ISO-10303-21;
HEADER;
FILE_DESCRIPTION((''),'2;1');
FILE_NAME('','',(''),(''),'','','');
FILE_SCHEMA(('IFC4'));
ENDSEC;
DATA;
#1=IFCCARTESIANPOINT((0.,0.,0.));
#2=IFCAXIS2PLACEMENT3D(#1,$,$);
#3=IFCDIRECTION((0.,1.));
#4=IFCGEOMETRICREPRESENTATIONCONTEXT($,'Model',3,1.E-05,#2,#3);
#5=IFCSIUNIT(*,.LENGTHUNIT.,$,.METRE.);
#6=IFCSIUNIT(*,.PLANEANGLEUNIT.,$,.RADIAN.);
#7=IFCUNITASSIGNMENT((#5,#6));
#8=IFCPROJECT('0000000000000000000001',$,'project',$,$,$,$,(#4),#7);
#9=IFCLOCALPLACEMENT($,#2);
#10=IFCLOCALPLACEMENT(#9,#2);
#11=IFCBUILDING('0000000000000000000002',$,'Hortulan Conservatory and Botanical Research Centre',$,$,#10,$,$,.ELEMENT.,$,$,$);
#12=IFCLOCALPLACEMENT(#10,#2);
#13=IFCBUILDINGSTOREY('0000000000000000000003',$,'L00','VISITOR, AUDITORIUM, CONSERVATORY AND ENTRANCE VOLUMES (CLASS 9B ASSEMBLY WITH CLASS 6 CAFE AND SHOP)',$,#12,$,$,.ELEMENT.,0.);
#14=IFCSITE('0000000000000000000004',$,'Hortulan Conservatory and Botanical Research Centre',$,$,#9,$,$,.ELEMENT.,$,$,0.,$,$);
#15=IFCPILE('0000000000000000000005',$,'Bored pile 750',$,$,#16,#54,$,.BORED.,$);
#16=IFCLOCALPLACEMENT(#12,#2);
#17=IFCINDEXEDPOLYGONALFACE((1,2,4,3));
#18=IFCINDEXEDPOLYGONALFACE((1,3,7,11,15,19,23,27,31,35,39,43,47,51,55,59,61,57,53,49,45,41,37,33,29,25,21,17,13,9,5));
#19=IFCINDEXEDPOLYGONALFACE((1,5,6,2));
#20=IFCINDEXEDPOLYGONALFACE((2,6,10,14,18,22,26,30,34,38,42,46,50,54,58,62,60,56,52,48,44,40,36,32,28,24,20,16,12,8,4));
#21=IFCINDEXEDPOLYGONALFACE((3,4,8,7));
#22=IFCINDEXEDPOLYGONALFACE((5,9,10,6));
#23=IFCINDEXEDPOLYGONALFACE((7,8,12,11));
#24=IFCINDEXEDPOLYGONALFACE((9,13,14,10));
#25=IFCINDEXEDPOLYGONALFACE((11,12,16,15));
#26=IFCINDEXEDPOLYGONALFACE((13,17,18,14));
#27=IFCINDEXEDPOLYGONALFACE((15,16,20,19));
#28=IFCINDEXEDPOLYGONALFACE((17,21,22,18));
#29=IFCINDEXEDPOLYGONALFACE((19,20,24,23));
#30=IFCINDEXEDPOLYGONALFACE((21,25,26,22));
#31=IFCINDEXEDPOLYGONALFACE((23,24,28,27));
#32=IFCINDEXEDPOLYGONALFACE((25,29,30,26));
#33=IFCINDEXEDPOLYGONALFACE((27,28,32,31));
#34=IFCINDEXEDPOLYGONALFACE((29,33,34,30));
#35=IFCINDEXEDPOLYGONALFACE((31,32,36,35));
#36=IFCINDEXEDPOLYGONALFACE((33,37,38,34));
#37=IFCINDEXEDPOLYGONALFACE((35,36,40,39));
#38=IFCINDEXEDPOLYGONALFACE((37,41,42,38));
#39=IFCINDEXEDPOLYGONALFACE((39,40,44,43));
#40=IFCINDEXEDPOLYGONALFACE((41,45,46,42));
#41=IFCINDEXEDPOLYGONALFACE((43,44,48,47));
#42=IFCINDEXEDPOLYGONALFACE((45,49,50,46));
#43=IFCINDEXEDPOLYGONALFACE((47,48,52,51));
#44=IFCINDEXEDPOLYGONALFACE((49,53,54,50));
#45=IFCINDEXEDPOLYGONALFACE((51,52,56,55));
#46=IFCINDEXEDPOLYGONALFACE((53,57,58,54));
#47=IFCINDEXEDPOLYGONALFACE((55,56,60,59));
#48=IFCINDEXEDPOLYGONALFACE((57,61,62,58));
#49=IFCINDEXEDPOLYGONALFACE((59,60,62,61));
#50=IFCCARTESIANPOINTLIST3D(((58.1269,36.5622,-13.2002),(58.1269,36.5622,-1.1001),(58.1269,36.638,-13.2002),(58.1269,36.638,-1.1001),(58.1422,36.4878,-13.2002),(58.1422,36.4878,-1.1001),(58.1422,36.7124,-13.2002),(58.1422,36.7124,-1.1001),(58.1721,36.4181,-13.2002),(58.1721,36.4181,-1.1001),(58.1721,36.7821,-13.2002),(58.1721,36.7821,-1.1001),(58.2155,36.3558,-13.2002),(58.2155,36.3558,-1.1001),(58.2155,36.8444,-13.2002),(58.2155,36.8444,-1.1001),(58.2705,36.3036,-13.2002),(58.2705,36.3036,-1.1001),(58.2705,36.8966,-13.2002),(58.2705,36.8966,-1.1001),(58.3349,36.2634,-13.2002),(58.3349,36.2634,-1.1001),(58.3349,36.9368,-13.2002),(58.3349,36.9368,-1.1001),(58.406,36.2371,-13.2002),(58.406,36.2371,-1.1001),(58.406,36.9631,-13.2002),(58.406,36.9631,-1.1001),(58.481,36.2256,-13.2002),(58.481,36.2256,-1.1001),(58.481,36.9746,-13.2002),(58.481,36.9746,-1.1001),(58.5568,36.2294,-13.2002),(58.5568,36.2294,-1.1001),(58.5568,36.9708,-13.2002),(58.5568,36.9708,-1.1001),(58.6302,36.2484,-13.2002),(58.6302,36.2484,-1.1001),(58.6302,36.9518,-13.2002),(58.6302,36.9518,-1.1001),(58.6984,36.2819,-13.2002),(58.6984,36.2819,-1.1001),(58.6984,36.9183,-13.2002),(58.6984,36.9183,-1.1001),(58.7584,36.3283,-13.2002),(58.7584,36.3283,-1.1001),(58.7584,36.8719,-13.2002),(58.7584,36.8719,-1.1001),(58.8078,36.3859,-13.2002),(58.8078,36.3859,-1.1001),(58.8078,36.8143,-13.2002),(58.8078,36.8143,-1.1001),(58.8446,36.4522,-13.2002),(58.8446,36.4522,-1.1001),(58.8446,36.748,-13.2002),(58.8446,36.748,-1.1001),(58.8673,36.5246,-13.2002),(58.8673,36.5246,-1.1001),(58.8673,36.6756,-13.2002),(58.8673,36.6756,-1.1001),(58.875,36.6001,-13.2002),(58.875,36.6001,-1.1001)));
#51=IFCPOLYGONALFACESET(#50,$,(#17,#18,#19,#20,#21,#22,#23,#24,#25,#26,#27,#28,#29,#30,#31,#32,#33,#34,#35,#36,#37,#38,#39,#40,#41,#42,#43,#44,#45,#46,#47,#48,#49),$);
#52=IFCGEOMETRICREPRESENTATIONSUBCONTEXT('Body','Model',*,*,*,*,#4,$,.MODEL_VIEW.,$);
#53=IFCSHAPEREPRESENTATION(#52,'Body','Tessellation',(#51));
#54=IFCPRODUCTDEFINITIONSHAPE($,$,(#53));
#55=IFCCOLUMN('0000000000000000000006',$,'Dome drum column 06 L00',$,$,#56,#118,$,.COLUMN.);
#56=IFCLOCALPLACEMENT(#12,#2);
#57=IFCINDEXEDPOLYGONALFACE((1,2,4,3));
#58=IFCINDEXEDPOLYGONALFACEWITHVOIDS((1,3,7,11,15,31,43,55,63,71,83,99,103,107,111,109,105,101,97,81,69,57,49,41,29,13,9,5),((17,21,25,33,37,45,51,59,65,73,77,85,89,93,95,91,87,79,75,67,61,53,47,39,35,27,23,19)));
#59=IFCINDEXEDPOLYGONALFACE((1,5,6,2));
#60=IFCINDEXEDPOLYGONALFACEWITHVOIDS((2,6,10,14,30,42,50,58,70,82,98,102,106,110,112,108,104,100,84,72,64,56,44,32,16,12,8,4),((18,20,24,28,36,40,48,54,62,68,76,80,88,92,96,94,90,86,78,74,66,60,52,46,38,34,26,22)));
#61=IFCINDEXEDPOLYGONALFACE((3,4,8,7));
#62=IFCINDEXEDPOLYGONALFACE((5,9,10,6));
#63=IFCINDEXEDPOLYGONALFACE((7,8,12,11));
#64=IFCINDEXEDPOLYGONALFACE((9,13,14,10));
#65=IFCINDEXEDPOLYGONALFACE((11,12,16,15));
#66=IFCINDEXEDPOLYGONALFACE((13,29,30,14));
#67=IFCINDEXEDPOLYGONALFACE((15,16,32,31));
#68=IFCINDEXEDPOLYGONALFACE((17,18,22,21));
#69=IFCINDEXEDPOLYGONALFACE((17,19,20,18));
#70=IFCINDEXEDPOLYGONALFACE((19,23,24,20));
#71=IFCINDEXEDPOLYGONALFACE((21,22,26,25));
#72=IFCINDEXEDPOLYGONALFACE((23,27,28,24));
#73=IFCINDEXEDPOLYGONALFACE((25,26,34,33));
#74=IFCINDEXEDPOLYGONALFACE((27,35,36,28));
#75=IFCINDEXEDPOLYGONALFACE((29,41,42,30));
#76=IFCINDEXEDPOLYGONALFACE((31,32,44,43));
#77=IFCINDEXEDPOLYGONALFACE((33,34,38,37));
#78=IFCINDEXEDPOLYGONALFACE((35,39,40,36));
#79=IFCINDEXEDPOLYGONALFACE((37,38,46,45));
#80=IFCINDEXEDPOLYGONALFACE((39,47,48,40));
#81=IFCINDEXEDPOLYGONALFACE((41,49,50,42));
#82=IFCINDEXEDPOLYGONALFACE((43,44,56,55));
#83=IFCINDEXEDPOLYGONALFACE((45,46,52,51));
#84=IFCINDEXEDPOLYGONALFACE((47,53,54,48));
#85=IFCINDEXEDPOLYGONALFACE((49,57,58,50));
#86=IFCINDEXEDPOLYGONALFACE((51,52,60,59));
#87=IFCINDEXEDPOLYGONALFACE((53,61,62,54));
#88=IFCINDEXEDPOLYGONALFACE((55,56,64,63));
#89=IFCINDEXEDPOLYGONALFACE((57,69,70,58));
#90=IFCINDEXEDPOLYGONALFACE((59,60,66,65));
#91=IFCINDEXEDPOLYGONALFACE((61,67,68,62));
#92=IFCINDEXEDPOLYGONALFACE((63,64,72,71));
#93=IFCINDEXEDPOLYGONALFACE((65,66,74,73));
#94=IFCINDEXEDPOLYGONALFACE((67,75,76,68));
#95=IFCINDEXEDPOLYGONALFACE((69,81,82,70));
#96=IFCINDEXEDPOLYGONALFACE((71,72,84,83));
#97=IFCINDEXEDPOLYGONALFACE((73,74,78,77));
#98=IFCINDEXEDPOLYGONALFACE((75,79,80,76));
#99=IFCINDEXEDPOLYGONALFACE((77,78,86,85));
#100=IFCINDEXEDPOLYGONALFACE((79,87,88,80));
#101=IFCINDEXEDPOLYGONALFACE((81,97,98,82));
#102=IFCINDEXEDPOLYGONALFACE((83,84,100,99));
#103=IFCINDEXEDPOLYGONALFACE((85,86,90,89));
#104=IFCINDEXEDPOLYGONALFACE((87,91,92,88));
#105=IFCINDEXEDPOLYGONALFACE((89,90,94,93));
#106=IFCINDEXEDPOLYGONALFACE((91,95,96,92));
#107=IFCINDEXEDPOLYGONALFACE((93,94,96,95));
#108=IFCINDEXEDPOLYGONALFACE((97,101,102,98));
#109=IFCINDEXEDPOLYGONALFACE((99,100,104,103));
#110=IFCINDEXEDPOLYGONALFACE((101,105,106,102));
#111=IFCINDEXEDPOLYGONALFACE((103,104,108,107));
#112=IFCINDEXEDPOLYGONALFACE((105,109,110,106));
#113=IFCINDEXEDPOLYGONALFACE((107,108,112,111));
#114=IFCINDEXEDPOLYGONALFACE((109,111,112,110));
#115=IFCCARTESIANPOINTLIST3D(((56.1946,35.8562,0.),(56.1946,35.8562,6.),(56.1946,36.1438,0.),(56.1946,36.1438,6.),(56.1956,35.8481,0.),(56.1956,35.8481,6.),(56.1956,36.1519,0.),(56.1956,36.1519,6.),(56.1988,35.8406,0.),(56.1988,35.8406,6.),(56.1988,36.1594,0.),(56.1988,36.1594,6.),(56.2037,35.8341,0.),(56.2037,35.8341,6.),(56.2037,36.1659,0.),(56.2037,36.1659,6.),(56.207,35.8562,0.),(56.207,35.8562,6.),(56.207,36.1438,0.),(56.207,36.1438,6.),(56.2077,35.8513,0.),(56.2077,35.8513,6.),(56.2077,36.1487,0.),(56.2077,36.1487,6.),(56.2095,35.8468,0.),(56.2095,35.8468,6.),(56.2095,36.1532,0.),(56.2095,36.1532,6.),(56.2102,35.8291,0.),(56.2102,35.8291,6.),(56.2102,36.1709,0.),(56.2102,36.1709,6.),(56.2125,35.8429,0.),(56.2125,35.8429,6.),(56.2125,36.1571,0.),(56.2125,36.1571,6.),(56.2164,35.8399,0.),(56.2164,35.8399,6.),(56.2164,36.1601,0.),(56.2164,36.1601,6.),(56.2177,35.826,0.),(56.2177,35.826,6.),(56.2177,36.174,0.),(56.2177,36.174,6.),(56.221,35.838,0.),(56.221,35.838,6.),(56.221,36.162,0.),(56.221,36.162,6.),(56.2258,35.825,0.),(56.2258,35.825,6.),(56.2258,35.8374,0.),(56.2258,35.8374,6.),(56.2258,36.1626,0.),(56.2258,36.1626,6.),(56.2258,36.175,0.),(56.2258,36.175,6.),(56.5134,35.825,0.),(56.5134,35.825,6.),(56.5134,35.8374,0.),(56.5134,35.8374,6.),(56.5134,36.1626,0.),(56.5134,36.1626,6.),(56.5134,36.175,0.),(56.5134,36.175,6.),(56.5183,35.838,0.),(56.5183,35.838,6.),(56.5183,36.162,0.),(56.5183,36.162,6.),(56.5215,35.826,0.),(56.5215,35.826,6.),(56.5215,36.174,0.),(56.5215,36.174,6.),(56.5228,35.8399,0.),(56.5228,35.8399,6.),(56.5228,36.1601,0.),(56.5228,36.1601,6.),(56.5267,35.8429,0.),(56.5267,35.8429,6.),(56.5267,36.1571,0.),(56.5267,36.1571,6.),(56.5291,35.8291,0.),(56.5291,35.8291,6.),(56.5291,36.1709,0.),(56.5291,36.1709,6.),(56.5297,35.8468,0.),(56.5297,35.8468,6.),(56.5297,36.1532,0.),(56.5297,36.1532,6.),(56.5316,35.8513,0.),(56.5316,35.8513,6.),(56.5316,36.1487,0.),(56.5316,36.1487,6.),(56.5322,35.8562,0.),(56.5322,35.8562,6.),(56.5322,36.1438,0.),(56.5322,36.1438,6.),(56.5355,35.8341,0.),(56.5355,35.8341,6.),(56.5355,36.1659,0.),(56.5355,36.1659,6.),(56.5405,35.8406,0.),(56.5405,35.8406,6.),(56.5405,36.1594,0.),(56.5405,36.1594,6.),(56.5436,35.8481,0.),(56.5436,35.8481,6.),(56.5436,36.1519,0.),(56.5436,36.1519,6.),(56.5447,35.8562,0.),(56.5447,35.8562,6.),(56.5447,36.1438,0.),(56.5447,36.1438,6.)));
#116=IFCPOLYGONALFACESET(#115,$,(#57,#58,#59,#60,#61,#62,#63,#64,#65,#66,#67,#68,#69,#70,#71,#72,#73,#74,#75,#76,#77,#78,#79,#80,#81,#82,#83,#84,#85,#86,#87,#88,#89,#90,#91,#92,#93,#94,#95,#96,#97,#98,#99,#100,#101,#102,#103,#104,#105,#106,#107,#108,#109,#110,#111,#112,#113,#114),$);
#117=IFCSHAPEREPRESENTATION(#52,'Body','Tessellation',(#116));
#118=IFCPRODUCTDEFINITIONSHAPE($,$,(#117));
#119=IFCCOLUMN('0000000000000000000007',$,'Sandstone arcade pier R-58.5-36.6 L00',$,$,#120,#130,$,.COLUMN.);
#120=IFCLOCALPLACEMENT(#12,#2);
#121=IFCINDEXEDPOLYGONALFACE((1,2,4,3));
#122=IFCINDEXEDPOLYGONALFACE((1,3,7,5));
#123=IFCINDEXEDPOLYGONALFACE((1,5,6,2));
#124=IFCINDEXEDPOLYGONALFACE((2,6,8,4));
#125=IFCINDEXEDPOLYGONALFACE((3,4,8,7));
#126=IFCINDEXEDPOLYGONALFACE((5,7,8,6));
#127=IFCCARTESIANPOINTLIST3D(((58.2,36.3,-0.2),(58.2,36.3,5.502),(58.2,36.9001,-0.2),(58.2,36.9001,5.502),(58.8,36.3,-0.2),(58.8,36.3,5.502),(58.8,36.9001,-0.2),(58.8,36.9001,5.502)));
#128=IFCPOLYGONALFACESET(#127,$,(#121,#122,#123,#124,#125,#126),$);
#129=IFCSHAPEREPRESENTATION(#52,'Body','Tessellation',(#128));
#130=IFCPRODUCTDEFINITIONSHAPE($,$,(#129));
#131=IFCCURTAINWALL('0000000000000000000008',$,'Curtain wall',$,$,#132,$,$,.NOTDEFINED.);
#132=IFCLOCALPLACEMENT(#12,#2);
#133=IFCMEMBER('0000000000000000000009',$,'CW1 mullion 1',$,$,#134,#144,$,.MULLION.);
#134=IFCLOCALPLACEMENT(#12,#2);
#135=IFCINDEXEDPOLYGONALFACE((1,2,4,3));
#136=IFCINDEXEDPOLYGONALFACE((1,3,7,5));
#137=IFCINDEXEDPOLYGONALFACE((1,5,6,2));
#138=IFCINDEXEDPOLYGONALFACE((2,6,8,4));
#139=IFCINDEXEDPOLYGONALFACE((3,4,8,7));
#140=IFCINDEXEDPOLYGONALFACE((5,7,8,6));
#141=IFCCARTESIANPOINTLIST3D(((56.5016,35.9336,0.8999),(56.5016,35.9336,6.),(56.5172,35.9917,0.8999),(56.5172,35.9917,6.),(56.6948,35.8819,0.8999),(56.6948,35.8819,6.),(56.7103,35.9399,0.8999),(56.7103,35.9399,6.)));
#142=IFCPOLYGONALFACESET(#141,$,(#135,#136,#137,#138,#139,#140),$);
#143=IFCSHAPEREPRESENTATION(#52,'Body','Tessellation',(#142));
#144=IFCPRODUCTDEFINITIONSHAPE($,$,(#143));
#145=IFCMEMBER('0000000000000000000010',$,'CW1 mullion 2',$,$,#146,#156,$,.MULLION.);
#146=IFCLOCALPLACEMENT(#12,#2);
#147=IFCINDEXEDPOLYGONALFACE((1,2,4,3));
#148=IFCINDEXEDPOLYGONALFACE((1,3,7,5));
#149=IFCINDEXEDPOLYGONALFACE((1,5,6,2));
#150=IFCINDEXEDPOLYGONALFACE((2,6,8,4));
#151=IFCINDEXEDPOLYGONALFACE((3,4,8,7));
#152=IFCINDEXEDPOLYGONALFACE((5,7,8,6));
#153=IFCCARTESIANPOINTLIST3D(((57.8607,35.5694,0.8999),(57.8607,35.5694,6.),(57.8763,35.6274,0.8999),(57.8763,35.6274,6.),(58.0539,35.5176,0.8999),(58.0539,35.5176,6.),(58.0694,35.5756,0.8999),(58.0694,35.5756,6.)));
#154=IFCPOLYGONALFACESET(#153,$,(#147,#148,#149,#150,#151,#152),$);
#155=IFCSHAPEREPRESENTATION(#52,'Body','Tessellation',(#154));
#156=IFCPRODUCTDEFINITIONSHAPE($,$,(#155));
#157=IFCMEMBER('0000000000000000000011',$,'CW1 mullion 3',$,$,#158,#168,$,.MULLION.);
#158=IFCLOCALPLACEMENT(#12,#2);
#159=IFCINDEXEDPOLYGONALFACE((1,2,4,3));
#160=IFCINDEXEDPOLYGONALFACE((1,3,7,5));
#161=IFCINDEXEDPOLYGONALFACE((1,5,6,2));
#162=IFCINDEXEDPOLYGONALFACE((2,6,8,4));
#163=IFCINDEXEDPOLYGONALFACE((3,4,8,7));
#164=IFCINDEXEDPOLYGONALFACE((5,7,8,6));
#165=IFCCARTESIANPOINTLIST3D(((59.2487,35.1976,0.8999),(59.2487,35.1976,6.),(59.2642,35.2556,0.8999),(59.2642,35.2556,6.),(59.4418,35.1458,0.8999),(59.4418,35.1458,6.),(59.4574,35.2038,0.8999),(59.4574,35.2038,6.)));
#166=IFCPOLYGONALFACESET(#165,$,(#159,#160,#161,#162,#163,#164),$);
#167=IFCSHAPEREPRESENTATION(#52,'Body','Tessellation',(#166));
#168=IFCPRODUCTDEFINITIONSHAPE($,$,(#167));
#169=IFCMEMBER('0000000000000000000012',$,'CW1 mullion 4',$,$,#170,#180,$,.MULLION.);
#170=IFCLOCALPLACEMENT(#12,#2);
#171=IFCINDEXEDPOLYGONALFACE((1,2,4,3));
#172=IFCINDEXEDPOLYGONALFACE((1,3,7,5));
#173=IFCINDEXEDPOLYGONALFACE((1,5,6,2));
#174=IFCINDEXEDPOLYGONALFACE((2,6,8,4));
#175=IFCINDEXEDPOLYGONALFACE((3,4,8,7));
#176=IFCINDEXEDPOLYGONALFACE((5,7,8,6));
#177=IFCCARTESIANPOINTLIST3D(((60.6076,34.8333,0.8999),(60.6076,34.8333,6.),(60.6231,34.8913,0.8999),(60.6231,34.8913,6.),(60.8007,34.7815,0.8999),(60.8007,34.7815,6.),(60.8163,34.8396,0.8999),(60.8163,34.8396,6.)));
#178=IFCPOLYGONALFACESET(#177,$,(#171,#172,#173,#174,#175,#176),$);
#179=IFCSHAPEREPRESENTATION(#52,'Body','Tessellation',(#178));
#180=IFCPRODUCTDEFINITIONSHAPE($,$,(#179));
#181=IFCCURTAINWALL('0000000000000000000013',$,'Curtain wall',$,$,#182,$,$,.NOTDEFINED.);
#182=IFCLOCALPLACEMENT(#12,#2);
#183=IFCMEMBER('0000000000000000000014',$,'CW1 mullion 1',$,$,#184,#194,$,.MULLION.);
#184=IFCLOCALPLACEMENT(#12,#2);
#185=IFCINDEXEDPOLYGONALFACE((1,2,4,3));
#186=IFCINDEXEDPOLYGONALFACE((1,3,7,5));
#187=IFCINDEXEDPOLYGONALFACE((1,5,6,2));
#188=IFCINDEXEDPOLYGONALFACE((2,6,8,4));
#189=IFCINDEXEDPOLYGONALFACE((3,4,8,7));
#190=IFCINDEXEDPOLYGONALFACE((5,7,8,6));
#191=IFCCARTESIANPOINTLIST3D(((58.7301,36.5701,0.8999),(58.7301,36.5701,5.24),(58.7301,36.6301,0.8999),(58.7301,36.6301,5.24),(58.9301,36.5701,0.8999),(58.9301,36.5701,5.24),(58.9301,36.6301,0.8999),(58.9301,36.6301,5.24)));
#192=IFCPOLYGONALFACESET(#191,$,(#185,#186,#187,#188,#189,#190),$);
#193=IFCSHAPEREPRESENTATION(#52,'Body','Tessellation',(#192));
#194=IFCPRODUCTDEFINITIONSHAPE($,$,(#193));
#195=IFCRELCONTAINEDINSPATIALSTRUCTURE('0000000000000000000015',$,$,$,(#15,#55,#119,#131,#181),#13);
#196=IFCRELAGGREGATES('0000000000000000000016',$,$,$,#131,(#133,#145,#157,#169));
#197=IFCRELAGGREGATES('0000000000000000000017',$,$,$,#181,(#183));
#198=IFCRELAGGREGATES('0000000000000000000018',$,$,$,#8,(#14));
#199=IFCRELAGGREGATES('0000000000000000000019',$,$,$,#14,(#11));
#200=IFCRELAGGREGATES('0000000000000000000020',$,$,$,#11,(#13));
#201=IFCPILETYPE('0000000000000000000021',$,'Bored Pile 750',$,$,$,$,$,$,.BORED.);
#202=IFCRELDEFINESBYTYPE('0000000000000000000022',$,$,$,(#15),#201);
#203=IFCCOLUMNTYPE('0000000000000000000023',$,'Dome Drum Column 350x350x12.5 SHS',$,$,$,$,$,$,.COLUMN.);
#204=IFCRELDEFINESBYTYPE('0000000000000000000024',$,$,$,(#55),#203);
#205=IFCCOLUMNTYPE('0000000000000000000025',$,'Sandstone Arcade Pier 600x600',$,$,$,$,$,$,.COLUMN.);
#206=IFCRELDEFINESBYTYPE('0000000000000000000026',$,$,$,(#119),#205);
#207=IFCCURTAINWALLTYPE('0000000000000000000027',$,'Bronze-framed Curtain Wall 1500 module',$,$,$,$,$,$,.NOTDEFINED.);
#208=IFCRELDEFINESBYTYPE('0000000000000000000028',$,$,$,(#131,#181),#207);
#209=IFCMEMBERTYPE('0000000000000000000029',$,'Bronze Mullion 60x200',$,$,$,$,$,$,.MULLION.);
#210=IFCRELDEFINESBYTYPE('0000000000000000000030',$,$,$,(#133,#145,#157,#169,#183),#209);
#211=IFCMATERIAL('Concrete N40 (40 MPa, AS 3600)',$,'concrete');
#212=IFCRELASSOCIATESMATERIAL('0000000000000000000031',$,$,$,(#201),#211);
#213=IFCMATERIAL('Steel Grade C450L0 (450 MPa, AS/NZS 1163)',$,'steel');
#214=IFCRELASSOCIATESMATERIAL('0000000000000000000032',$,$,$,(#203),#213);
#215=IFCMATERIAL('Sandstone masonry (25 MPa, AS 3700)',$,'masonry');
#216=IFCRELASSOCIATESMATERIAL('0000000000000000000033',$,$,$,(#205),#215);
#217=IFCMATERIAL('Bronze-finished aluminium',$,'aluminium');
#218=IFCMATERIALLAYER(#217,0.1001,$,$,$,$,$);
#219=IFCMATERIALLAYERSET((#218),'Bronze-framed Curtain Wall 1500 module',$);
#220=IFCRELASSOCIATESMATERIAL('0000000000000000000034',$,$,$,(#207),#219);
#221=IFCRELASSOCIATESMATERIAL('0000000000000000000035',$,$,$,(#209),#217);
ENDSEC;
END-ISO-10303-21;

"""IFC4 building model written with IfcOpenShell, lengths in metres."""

from ifc_helpers import new_model, si_unit, direction, frame, origin, origin_2d, place, context, subcontext, project, spatial, rectangle, hollow_rectangle, circle, extrude, material, layer, layer_set, material_profile, profile_set, type_object, element, aggregate, save


model = new_model("IFC4")

# Units and contexts
model_context = context("Model", 3, precision=1e-05, world=origin(), true_north=direction((0.0, 1.0)))
body_context = subcontext(model_context, "Body", "Model", "MODEL_VIEW")
ifc_project = project(units=[si_unit("LENGTHUNIT", "METRE"), si_unit("PLANEANGLEUNIT", "RADIAN")], contexts=[model_context])

# Site, building, storey
site_placement = place(None, origin())
site = spatial("IfcSite", under=ifc_project, at=site_placement, Name="Hortulan Conservatory and Botanical Research Centre", CompositionType="ELEMENT", RefElevation=0.0)
building_placement = place(site_placement, origin())
building = spatial("IfcBuilding", under=site, at=building_placement, Name="Hortulan Conservatory and Botanical Research Centre", CompositionType="ELEMENT")
storey_placement = place(building_placement, origin())
storey = spatial("IfcBuildingStorey", under=building, at=storey_placement, Name="L00", Description="VISITOR, AUDITORIUM, CONSERVATORY AND ENTRANCE VOLUMES (CLASS 9B ASSEMBLY WITH CLASS 6 CAFE AND SHOP)", CompositionType="ELEMENT", Elevation=0.0)

# Pile
ifc_material_1 = material(Name="Concrete N40 (40 MPa, AS 3600)", Category="concrete")
ifc_material_profile_1 = material_profile(ifc_material_1, circle(Radius=0.375, at=origin_2d()), Name="Bored pile 750 diameter")
ifc_profile_set_1 = profile_set([ifc_material_profile_1], Name="Concrete N40 (40 MPa, AS 3600)")
pile_type = type_object("IfcPileType", Name="Bored Pile 750", PredefinedType="BORED", material=ifc_profile_set_1)
pile_placement = place(storey_placement, frame((58.5, 36.6001, -1.1001), z_axis=(0.0, 0.0, -1.0), x_axis=(1.0, 0.0, 0.0)))
element("IfcPile", 1, at=pile_placement, inside=storey, type_object=pile_type, Name="Bored pile 750", PredefinedType="BORED", context=body_context, shape_type="SweptSolid", body=[
    extrude(circle(Radius=0.375, at=origin_2d()), origin(), (0.0, 0.0, 1.0), 12.1001),
])

# Columns
ifc_material_2 = material(Name="Steel Grade C450L0 (450 MPa, AS/NZS 1163)", Category="steel")
ifc_material_profile_2 = material_profile(ifc_material_2, hollow_rectangle(XDim=0.3501, YDim=0.3501, WallThickness=0.0125, InnerFilletRadius=0.0188, OuterFilletRadius=0.0312, at=origin_2d()), Name="350x350x12.5SHS")
ifc_profile_set_2 = profile_set([ifc_material_profile_2], Name="Steel Grade C450L0 (450 MPa, AS/NZS 1163)")
column_type_1 = type_object("IfcColumnType", Name="Dome Drum Column 350x350x12.5 SHS", PredefinedType="COLUMN", material=ifc_profile_set_2)
column_1_placement = place(storey_placement, frame((56.3696, 36.0, 0.0), z_axis=(0.0, 0.0, 1.0), x_axis=(1.0, 0.0, 0.0)))
element("IfcColumn", 2, at=column_1_placement, inside=storey, type_object=column_type_1, Name="Dome drum column 06 L00", PredefinedType="COLUMN", context=body_context, shape_type="SweptSolid", body=[
    extrude(hollow_rectangle(XDim=0.3501, YDim=0.3501, WallThickness=0.0125, InnerFilletRadius=0.0188, OuterFilletRadius=0.0312, at=origin_2d()), origin(), (0.0, 0.0, 1.0), 6.0),
])
ifc_material_3 = material(Name="Sandstone masonry (25 MPa, AS 3700)", Category="masonry")
ifc_material_profile_3 = material_profile(ifc_material_3, rectangle(XDim=0.6001, YDim=0.6001, at=origin_2d()), Name="Square pier 600")
ifc_profile_set_3 = profile_set([ifc_material_profile_3], Name="Sandstone masonry (25 MPa, AS 3700)")
column_type_2 = type_object("IfcColumnType", Name="Sandstone Arcade Pier 600x600", PredefinedType="COLUMN", material=ifc_profile_set_3)
column_2_placement = place(storey_placement, frame((58.5, 36.6001, -0.2), z_axis=(0.0, 0.0, 1.0), x_axis=(1.0, 0.0, 0.0)))
element("IfcColumn", 3, at=column_2_placement, inside=storey, type_object=column_type_2, Name="Sandstone arcade pier R-58.5-36.6 L00", PredefinedType="COLUMN", context=body_context, shape_type="SweptSolid", body=[
    extrude(rectangle(XDim=0.6001, YDim=0.6001, at=origin_2d()), origin(), (0.0, 0.0, 1.0), 5.7019),
])

# Curtain walls, members
ifc_material_4 = material(Name="Bronze-finished aluminium", Category="aluminium")
ifc_layer_1 = layer(ifc_material_4, 0.1001)
ifc_layer_set_1 = layer_set([ifc_layer_1], Name="Bronze-framed Curtain Wall 1500 module")
curtain_wall_type = type_object("IfcCurtainWallType", Name="Bronze-framed Curtain Wall 1500 module", PredefinedType="NOTDEFINED", material=ifc_layer_set_1)
curtain_wall_1_placement = place(storey_placement, origin())
curtain_wall_1 = element("IfcCurtainWall", 4, at=curtain_wall_1_placement, inside=storey, type_object=curtain_wall_type, Name="Curtain wall", PredefinedType="NOTDEFINED")
ifc_material_profile_4 = material_profile(ifc_material_4, rectangle(XDim=0.0601, YDim=0.2, at=origin_2d()), Name="Bronze Mullion 60x200")
ifc_profile_set_4 = profile_set([ifc_material_profile_4], Name="Bronze-finished aluminium")
member_type_1 = type_object("IfcMemberType", Name="Bronze Mullion 60x200", PredefinedType="MULLION", material=ifc_profile_set_4)
member_1_placement = place(storey_placement, frame((56.606, 35.9368, 0.8999), z_axis=(0.0, 0.0, 1.0), x_axis=(0.258832, 0.965922, 0.0)))
member_1 = element("IfcMember", 5, at=member_1_placement, type_object=member_type_1, Name="CW1 mullion 1", PredefinedType="MULLION", context=body_context, shape_type="SweptSolid", body=[
    extrude(rectangle(XDim=0.0601, YDim=0.2, at=origin_2d()), origin(), (0.0, 0.0, 1.0), 5.1001),
])
member_2_placement = place(storey_placement, frame((57.9651, 35.5725, 0.8999), z_axis=(0.0, 0.0, 1.0), x_axis=(0.258832, 0.965922, 0.0)))
member_2 = element("IfcMember", 6, at=member_2_placement, type_object=member_type_1, Name="CW1 mullion 2", PredefinedType="MULLION", context=body_context, shape_type="SweptSolid", body=[
    extrude(rectangle(XDim=0.0601, YDim=0.2, at=origin_2d()), origin(), (0.0, 0.0, 1.0), 5.1001),
])
member_3_placement = place(storey_placement, frame((59.353, 35.2007, 0.8999), z_axis=(0.0, 0.0, 1.0), x_axis=(0.258832, 0.965922, 0.0)))
member_3 = element("IfcMember", 7, at=member_3_placement, type_object=member_type_1, Name="CW1 mullion 3", PredefinedType="MULLION", context=body_context, shape_type="SweptSolid", body=[
    extrude(rectangle(XDim=0.0601, YDim=0.2, at=origin_2d()), origin(), (0.0, 0.0, 1.0), 5.1001),
])
member_4_placement = place(storey_placement, frame((60.7119, 34.8364, 0.8999), z_axis=(0.0, 0.0, 1.0), x_axis=(0.258832, 0.965922, 0.0)))
member_4 = element("IfcMember", 8, at=member_4_placement, type_object=member_type_1, Name="CW1 mullion 4", PredefinedType="MULLION", context=body_context, shape_type="SweptSolid", body=[
    extrude(rectangle(XDim=0.0601, YDim=0.2, at=origin_2d()), origin(), (0.0, 0.0, 1.0), 5.1001),
])
curtain_wall_2_placement = place(storey_placement, origin())
curtain_wall_2 = element("IfcCurtainWall", 9, at=curtain_wall_2_placement, inside=storey, type_object=curtain_wall_type, Name="Curtain wall", PredefinedType="NOTDEFINED")
member_5_placement = place(storey_placement, frame((58.8301, 36.6001, 0.8999), z_axis=(0.0, 0.0, 1.0), x_axis=(0.0, 1.0, 0.0)))
member_5 = element("IfcMember", 10, at=member_5_placement, type_object=member_type_1, Name="CW1 mullion 1", PredefinedType="MULLION", context=body_context, shape_type="SweptSolid", body=[
    extrude(rectangle(XDim=0.0601, YDim=0.2, at=origin_2d()), origin(), (0.0, 0.0, 1.0), 4.3401),
])

aggregate(curtain_wall_1, [member_1, member_2, member_3, member_4])
aggregate(curtain_wall_2, [member_5])

save(model, "model.ifc")
